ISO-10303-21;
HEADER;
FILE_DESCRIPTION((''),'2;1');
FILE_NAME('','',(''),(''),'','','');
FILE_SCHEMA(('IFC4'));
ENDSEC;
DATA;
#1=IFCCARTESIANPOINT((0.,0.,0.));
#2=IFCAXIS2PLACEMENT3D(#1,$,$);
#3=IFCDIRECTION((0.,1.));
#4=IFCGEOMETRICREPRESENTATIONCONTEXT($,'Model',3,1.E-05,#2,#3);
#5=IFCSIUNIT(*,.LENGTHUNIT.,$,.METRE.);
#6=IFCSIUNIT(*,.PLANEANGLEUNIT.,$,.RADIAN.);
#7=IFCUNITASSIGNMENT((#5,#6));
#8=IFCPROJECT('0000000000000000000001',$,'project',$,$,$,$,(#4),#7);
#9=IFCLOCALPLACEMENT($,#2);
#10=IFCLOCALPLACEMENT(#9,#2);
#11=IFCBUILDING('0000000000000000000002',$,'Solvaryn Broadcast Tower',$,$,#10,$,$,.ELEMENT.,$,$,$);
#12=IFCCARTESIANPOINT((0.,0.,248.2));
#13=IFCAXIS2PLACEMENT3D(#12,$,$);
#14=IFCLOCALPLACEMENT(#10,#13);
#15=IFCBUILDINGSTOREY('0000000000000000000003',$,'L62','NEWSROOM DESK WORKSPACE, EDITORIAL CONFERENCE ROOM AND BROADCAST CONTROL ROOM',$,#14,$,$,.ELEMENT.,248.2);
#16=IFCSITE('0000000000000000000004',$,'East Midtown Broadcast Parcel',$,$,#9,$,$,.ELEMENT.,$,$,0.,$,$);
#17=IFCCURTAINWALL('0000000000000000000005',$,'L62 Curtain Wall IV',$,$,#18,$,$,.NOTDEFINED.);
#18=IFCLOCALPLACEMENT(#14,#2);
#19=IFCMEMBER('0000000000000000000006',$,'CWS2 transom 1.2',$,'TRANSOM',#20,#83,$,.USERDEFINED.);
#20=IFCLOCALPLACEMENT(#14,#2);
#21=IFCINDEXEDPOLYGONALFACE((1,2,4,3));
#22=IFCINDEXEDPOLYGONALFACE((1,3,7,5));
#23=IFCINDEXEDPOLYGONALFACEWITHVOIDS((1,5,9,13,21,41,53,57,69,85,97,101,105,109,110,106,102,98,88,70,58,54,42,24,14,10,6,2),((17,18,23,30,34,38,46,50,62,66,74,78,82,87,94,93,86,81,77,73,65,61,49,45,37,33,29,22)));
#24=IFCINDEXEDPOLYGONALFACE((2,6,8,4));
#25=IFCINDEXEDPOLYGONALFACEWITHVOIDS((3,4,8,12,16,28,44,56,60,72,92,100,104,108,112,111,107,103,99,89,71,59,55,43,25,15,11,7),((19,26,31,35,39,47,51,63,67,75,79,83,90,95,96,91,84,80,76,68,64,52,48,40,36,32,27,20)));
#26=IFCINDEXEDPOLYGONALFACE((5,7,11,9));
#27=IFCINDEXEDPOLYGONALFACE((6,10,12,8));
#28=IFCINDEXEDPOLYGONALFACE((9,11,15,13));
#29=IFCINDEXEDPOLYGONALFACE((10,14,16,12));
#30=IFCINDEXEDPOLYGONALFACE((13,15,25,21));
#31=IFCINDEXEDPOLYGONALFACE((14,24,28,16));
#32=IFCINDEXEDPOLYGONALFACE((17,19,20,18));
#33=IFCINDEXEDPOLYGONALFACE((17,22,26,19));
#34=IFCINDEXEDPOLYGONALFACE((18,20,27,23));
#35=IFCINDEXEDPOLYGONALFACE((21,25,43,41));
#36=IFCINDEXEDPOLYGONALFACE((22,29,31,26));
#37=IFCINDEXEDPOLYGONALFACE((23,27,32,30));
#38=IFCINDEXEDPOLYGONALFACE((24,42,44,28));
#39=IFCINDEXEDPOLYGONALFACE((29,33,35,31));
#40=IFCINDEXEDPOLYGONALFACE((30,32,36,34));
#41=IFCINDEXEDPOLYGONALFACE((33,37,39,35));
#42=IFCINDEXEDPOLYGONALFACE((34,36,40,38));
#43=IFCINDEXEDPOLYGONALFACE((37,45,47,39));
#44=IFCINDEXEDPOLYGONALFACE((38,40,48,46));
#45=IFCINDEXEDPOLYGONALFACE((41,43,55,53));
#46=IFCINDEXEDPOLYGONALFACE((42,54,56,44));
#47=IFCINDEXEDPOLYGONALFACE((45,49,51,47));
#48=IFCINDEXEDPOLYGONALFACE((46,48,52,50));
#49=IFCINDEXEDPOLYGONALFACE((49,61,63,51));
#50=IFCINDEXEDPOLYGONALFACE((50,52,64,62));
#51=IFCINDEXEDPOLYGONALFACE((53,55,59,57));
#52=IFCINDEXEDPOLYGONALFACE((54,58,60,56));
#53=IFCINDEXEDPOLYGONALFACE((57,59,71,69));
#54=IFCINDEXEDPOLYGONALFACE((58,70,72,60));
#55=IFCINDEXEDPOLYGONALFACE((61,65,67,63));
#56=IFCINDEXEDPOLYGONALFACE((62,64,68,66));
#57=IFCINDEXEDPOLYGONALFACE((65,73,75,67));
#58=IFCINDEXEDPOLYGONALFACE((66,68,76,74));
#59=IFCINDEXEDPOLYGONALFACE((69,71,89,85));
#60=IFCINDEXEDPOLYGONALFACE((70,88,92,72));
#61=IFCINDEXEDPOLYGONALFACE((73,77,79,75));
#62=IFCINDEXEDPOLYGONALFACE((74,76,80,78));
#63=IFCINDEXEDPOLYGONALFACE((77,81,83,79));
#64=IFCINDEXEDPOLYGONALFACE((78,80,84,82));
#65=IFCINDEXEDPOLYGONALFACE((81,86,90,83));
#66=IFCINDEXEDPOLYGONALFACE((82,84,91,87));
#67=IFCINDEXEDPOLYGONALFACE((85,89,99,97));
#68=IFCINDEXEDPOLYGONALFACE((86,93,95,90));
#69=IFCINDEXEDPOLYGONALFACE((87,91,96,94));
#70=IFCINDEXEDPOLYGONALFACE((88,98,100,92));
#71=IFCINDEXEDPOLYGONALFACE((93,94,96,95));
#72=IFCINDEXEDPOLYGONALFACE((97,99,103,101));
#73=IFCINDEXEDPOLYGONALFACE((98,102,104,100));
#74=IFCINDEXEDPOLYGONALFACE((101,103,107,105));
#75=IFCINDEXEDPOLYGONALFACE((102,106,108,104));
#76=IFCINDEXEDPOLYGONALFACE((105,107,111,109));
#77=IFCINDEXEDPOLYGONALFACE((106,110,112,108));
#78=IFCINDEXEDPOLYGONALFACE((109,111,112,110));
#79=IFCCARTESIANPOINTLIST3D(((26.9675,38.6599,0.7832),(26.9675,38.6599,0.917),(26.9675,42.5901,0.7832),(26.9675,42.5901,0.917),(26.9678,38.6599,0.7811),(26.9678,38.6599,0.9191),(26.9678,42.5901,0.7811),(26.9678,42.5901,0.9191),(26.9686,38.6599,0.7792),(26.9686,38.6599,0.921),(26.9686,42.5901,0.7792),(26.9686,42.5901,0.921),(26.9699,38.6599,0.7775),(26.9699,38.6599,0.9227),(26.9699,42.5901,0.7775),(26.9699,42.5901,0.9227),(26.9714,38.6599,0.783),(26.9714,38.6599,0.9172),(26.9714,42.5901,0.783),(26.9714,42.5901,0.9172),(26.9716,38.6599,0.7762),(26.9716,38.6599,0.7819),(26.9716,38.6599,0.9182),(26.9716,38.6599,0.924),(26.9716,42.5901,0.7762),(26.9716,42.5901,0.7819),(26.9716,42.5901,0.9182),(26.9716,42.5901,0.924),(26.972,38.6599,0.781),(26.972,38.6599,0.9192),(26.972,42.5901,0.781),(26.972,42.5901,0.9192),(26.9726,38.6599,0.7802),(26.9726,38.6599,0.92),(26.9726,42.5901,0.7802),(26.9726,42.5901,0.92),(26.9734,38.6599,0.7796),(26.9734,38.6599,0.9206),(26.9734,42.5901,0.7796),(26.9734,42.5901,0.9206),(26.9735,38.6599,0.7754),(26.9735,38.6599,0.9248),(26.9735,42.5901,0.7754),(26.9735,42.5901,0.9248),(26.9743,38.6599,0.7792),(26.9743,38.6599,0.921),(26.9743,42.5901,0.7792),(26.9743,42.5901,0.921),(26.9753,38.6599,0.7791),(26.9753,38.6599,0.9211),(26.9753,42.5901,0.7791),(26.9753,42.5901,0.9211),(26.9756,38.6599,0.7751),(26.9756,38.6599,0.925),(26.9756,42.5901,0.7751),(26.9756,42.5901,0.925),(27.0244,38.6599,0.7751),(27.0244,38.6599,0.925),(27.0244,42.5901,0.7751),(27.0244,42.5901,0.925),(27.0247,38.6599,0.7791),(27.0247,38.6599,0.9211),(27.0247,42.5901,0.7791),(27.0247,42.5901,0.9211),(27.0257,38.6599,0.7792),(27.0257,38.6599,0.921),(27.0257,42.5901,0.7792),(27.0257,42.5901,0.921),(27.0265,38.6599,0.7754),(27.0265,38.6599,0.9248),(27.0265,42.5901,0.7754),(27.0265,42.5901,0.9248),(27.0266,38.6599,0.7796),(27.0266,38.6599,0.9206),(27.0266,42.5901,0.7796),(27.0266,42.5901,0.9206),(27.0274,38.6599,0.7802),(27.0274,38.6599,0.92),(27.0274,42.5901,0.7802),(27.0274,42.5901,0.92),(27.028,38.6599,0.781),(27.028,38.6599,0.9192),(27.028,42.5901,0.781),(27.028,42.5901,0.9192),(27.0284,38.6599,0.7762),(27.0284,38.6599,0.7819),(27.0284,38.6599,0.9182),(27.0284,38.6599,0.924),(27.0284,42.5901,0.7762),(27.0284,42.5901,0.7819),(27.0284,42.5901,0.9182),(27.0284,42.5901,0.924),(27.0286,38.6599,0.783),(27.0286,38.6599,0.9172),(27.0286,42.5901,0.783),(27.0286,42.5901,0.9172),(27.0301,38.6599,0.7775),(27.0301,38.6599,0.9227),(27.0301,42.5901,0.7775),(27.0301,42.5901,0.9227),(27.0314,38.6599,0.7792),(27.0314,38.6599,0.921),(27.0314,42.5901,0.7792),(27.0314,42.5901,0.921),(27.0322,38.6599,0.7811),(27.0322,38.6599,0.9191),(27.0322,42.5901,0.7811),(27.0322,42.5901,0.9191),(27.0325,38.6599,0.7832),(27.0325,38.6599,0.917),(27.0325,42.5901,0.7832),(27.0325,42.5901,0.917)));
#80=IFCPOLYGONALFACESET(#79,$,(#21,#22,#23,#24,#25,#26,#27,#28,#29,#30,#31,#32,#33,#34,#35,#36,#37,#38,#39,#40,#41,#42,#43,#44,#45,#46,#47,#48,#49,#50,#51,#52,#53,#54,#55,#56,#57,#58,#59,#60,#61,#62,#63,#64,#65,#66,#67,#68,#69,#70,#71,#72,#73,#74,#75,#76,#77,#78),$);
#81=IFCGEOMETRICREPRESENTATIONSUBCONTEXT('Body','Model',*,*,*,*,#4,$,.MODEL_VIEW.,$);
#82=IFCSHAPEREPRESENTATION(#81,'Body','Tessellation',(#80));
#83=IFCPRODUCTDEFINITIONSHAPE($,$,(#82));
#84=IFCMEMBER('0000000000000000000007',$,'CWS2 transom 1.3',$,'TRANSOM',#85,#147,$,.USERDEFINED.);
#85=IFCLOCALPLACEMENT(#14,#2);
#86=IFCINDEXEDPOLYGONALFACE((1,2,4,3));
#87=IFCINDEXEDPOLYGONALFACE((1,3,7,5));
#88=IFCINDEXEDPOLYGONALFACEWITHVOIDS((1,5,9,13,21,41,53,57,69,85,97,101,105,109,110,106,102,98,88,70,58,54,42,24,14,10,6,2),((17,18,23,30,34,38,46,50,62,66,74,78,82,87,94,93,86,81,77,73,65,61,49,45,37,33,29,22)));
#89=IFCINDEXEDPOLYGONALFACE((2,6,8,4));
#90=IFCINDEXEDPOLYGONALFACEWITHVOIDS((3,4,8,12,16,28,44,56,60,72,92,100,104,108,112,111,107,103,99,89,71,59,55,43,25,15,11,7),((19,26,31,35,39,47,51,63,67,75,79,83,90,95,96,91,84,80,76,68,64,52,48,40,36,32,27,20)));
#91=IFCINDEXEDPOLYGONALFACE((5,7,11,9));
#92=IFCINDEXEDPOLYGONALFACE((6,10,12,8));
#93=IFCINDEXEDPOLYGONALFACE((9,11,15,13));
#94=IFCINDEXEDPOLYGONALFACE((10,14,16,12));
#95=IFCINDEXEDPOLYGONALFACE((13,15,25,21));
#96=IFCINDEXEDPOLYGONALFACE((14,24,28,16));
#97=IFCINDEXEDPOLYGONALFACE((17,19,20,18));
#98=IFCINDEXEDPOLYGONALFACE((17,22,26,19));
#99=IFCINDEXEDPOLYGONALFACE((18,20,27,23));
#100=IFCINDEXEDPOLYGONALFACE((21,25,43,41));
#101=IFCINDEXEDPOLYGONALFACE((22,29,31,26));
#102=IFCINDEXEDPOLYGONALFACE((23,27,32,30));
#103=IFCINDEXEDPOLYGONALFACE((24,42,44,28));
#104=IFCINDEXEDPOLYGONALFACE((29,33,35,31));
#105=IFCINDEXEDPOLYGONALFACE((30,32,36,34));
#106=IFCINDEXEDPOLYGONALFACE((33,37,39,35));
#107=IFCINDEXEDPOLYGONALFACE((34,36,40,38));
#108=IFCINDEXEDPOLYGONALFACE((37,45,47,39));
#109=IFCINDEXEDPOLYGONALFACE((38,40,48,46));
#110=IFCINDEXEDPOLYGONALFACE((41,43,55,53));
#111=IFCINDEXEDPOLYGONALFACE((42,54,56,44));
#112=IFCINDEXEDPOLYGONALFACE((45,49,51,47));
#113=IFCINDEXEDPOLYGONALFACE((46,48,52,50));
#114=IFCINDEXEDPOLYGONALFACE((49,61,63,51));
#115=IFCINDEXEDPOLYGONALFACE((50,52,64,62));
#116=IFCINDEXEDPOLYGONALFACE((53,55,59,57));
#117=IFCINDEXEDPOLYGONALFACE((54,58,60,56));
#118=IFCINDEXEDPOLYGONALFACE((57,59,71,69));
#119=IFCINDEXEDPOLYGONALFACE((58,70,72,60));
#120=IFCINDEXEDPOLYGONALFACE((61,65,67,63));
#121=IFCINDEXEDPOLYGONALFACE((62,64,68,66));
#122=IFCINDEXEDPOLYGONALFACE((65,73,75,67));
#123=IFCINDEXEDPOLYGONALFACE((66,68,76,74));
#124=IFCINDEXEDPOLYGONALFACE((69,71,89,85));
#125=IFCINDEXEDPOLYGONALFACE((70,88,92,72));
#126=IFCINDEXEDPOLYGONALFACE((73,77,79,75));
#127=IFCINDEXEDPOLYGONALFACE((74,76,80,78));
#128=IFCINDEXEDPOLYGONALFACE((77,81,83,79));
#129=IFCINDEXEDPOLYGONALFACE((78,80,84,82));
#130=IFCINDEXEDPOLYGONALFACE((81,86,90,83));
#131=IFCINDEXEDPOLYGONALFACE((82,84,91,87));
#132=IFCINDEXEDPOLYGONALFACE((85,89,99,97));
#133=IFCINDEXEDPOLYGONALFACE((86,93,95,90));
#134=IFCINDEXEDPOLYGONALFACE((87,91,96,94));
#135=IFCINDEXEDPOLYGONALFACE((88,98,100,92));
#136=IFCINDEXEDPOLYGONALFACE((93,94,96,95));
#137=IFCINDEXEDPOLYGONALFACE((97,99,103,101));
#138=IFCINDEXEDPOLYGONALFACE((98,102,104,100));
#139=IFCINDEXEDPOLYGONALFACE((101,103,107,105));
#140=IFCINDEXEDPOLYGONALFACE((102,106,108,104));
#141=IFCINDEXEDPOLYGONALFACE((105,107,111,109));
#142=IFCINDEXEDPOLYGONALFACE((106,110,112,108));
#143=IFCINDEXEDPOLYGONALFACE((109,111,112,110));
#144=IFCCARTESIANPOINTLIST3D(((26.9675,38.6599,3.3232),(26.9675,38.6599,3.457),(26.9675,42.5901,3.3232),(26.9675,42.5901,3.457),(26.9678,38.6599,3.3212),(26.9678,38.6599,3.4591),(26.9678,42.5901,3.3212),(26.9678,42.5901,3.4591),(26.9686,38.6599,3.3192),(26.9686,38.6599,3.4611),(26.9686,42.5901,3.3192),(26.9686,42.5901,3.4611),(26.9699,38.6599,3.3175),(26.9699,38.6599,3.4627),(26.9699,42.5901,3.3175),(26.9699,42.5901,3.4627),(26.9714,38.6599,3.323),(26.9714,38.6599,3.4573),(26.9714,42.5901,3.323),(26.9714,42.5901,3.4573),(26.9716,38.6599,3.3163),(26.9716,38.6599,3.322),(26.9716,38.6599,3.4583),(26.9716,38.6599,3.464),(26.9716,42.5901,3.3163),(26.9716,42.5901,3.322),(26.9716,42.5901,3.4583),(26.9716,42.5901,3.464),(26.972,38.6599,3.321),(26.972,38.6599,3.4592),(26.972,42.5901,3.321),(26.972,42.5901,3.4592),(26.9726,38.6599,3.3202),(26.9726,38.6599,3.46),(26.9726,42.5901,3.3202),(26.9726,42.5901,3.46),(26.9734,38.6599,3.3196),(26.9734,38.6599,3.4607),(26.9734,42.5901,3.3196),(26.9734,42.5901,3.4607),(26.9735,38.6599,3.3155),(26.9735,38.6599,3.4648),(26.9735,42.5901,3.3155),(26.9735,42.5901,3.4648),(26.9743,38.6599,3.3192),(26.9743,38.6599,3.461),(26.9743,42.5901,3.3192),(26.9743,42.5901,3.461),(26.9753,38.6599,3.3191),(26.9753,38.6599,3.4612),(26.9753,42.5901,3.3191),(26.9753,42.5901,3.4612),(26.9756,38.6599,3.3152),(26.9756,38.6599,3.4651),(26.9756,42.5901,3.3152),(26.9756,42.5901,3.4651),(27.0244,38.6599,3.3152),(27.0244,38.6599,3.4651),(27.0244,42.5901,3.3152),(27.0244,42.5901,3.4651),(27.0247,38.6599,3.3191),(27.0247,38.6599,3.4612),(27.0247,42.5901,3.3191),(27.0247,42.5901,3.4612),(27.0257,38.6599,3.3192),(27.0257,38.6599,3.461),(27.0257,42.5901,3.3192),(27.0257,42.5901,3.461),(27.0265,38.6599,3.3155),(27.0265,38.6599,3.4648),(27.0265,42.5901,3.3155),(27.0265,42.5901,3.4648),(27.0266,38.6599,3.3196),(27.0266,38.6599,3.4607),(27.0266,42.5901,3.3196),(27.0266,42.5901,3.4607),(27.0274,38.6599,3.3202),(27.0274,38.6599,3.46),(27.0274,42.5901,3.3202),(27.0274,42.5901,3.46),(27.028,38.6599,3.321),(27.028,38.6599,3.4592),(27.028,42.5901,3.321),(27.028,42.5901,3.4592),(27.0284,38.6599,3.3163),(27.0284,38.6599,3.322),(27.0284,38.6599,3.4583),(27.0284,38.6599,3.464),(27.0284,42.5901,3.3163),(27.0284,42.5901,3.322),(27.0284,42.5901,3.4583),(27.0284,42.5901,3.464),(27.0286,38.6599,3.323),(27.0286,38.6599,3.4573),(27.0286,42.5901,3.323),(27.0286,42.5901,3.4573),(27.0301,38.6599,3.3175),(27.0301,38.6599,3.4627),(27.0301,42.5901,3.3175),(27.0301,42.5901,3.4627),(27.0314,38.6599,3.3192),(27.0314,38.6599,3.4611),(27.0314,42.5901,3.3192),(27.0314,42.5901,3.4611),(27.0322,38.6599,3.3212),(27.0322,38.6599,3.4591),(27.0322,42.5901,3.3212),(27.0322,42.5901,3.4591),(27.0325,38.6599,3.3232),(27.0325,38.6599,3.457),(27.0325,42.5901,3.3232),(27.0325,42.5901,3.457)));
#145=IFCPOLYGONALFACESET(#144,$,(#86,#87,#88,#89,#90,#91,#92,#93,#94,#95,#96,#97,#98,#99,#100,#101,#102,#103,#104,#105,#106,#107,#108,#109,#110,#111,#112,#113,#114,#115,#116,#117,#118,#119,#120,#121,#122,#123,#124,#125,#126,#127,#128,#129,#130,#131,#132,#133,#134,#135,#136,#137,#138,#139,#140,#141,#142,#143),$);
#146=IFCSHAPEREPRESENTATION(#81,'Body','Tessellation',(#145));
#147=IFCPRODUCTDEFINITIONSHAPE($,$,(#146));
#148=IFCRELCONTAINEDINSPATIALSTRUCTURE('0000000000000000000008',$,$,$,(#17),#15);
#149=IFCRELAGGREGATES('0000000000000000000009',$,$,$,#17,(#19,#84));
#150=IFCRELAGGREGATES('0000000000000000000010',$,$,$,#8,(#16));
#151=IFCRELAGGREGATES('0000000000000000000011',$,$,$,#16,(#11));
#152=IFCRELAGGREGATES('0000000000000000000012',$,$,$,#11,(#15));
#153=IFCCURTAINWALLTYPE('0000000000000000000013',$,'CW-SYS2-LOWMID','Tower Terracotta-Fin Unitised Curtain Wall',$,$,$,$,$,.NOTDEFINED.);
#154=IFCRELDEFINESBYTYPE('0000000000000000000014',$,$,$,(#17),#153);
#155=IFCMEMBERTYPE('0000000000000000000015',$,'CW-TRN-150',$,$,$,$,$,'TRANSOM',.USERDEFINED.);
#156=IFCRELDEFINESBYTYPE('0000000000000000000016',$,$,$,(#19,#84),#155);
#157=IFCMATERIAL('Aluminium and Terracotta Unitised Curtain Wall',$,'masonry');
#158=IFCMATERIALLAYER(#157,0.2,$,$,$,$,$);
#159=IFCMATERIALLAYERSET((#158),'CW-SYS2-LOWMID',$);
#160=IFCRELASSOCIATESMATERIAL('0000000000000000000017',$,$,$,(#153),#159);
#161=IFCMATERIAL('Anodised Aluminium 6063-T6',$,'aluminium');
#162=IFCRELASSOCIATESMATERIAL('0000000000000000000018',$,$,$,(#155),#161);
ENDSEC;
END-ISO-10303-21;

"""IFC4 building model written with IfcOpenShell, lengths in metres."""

from ifc_helpers import new_model, si_unit, direction, frame, origin, origin_2d, place, context, subcontext, project, spatial, hollow_rectangle, extrude, material, layer, layer_set, material_profile, profile_set, type_object, element, aggregate, save


model = new_model("IFC4")

# Units and contexts
model_context = context("Model", 3, precision=1e-05, world=origin(), true_north=direction((0.0, 1.0)))
body_context = subcontext(model_context, "Body", "Model", "MODEL_VIEW")
ifc_project = project(units=[si_unit("LENGTHUNIT", "METRE"), si_unit("PLANEANGLEUNIT", "RADIAN")], contexts=[model_context])

# Site, building, storey
site_placement = place(None, origin())
site = spatial("IfcSite", under=ifc_project, at=site_placement, Name="East Midtown Broadcast Parcel", CompositionType="ELEMENT", RefElevation=0.0)
building_placement = place(site_placement, origin())
building = spatial("IfcBuilding", under=site, at=building_placement, Name="Solvaryn Broadcast Tower", CompositionType="ELEMENT")
storey_placement = place(building_placement, frame((0.0, 0.0, 248.2)))
storey = spatial("IfcBuildingStorey", under=building, at=storey_placement, Name="L62", Description="NEWSROOM DESK WORKSPACE, EDITORIAL CONFERENCE ROOM AND BROADCAST CONTROL ROOM", CompositionType="ELEMENT", Elevation=248.2)

# Curtain wall
ifc_material_1 = material(Name="Aluminium and Terracotta Unitised Curtain Wall", Category="masonry")
ifc_layer_1 = layer(ifc_material_1, 0.2)
ifc_layer_set_1 = layer_set([ifc_layer_1], Name="CW-SYS2-LOWMID")
curtain_wall_type = type_object("IfcCurtainWallType", Name="CW-SYS2-LOWMID", Description="Tower Terracotta-Fin Unitised Curtain Wall", PredefinedType="NOTDEFINED", material=ifc_layer_set_1)
curtain_wall_1_placement = place(storey_placement, origin())
curtain_wall_1 = element("IfcCurtainWall", 1, at=curtain_wall_1_placement, inside=storey, type_object=curtain_wall_type, Name="L62 Curtain Wall IV", PredefinedType="NOTDEFINED")

# Members
ifc_material_2 = material(Name="Anodised Aluminium 6063-T6", Category="aluminium")
ifc_material_profile_1 = material_profile(ifc_material_2, hollow_rectangle(XDim=0.0649, YDim=0.1499, WallThickness=0.0039, InnerFilletRadius=0.0039, OuterFilletRadius=0.0081, at=origin_2d()))
ifc_profile_set_1 = profile_set([ifc_material_profile_1], Name="Anodised Aluminium 6063-T6")
member_type_1 = type_object("IfcMemberType", Name="CW-TRN-150", ElementType="TRANSOM", PredefinedType="USERDEFINED", material=ifc_profile_set_1)
member_1_placement = place(storey_placement, frame((27.0, 42.5901, 0.8501), z_axis=(0.0, -1.0, 0.0), x_axis=(1.0, 0.0, 0.0)))
member_1 = element("IfcMember", 2, at=member_1_placement, type_object=member_type_1, Name="CWS2 transom 1.2", ObjectType="TRANSOM", PredefinedType="USERDEFINED", context=body_context, shape_type="SweptSolid", body=[
    extrude(hollow_rectangle(XDim=0.0649, YDim=0.1499, WallThickness=0.0039, InnerFilletRadius=0.0039, OuterFilletRadius=0.0081, at=origin_2d()), origin(), (0.0, 0.0, 1.0), 3.9302),
])
member_2_placement = place(storey_placement, frame((27.0, 42.5901, 3.3901), z_axis=(0.0, -1.0, 0.0), x_axis=(1.0, 0.0, 0.0)))
member_2 = element("IfcMember", 3, at=member_2_placement, type_object=member_type_1, Name="CWS2 transom 1.3", ObjectType="TRANSOM", PredefinedType="USERDEFINED", context=body_context, shape_type="SweptSolid", body=[
    extrude(hollow_rectangle(XDim=0.0649, YDim=0.1499, WallThickness=0.0039, InnerFilletRadius=0.0039, OuterFilletRadius=0.0081, at=origin_2d()), origin(), (0.0, 0.0, 1.0), 3.9302),
])

aggregate(curtain_wall_1, [member_1, member_2])

save(model, "model.ifc")
